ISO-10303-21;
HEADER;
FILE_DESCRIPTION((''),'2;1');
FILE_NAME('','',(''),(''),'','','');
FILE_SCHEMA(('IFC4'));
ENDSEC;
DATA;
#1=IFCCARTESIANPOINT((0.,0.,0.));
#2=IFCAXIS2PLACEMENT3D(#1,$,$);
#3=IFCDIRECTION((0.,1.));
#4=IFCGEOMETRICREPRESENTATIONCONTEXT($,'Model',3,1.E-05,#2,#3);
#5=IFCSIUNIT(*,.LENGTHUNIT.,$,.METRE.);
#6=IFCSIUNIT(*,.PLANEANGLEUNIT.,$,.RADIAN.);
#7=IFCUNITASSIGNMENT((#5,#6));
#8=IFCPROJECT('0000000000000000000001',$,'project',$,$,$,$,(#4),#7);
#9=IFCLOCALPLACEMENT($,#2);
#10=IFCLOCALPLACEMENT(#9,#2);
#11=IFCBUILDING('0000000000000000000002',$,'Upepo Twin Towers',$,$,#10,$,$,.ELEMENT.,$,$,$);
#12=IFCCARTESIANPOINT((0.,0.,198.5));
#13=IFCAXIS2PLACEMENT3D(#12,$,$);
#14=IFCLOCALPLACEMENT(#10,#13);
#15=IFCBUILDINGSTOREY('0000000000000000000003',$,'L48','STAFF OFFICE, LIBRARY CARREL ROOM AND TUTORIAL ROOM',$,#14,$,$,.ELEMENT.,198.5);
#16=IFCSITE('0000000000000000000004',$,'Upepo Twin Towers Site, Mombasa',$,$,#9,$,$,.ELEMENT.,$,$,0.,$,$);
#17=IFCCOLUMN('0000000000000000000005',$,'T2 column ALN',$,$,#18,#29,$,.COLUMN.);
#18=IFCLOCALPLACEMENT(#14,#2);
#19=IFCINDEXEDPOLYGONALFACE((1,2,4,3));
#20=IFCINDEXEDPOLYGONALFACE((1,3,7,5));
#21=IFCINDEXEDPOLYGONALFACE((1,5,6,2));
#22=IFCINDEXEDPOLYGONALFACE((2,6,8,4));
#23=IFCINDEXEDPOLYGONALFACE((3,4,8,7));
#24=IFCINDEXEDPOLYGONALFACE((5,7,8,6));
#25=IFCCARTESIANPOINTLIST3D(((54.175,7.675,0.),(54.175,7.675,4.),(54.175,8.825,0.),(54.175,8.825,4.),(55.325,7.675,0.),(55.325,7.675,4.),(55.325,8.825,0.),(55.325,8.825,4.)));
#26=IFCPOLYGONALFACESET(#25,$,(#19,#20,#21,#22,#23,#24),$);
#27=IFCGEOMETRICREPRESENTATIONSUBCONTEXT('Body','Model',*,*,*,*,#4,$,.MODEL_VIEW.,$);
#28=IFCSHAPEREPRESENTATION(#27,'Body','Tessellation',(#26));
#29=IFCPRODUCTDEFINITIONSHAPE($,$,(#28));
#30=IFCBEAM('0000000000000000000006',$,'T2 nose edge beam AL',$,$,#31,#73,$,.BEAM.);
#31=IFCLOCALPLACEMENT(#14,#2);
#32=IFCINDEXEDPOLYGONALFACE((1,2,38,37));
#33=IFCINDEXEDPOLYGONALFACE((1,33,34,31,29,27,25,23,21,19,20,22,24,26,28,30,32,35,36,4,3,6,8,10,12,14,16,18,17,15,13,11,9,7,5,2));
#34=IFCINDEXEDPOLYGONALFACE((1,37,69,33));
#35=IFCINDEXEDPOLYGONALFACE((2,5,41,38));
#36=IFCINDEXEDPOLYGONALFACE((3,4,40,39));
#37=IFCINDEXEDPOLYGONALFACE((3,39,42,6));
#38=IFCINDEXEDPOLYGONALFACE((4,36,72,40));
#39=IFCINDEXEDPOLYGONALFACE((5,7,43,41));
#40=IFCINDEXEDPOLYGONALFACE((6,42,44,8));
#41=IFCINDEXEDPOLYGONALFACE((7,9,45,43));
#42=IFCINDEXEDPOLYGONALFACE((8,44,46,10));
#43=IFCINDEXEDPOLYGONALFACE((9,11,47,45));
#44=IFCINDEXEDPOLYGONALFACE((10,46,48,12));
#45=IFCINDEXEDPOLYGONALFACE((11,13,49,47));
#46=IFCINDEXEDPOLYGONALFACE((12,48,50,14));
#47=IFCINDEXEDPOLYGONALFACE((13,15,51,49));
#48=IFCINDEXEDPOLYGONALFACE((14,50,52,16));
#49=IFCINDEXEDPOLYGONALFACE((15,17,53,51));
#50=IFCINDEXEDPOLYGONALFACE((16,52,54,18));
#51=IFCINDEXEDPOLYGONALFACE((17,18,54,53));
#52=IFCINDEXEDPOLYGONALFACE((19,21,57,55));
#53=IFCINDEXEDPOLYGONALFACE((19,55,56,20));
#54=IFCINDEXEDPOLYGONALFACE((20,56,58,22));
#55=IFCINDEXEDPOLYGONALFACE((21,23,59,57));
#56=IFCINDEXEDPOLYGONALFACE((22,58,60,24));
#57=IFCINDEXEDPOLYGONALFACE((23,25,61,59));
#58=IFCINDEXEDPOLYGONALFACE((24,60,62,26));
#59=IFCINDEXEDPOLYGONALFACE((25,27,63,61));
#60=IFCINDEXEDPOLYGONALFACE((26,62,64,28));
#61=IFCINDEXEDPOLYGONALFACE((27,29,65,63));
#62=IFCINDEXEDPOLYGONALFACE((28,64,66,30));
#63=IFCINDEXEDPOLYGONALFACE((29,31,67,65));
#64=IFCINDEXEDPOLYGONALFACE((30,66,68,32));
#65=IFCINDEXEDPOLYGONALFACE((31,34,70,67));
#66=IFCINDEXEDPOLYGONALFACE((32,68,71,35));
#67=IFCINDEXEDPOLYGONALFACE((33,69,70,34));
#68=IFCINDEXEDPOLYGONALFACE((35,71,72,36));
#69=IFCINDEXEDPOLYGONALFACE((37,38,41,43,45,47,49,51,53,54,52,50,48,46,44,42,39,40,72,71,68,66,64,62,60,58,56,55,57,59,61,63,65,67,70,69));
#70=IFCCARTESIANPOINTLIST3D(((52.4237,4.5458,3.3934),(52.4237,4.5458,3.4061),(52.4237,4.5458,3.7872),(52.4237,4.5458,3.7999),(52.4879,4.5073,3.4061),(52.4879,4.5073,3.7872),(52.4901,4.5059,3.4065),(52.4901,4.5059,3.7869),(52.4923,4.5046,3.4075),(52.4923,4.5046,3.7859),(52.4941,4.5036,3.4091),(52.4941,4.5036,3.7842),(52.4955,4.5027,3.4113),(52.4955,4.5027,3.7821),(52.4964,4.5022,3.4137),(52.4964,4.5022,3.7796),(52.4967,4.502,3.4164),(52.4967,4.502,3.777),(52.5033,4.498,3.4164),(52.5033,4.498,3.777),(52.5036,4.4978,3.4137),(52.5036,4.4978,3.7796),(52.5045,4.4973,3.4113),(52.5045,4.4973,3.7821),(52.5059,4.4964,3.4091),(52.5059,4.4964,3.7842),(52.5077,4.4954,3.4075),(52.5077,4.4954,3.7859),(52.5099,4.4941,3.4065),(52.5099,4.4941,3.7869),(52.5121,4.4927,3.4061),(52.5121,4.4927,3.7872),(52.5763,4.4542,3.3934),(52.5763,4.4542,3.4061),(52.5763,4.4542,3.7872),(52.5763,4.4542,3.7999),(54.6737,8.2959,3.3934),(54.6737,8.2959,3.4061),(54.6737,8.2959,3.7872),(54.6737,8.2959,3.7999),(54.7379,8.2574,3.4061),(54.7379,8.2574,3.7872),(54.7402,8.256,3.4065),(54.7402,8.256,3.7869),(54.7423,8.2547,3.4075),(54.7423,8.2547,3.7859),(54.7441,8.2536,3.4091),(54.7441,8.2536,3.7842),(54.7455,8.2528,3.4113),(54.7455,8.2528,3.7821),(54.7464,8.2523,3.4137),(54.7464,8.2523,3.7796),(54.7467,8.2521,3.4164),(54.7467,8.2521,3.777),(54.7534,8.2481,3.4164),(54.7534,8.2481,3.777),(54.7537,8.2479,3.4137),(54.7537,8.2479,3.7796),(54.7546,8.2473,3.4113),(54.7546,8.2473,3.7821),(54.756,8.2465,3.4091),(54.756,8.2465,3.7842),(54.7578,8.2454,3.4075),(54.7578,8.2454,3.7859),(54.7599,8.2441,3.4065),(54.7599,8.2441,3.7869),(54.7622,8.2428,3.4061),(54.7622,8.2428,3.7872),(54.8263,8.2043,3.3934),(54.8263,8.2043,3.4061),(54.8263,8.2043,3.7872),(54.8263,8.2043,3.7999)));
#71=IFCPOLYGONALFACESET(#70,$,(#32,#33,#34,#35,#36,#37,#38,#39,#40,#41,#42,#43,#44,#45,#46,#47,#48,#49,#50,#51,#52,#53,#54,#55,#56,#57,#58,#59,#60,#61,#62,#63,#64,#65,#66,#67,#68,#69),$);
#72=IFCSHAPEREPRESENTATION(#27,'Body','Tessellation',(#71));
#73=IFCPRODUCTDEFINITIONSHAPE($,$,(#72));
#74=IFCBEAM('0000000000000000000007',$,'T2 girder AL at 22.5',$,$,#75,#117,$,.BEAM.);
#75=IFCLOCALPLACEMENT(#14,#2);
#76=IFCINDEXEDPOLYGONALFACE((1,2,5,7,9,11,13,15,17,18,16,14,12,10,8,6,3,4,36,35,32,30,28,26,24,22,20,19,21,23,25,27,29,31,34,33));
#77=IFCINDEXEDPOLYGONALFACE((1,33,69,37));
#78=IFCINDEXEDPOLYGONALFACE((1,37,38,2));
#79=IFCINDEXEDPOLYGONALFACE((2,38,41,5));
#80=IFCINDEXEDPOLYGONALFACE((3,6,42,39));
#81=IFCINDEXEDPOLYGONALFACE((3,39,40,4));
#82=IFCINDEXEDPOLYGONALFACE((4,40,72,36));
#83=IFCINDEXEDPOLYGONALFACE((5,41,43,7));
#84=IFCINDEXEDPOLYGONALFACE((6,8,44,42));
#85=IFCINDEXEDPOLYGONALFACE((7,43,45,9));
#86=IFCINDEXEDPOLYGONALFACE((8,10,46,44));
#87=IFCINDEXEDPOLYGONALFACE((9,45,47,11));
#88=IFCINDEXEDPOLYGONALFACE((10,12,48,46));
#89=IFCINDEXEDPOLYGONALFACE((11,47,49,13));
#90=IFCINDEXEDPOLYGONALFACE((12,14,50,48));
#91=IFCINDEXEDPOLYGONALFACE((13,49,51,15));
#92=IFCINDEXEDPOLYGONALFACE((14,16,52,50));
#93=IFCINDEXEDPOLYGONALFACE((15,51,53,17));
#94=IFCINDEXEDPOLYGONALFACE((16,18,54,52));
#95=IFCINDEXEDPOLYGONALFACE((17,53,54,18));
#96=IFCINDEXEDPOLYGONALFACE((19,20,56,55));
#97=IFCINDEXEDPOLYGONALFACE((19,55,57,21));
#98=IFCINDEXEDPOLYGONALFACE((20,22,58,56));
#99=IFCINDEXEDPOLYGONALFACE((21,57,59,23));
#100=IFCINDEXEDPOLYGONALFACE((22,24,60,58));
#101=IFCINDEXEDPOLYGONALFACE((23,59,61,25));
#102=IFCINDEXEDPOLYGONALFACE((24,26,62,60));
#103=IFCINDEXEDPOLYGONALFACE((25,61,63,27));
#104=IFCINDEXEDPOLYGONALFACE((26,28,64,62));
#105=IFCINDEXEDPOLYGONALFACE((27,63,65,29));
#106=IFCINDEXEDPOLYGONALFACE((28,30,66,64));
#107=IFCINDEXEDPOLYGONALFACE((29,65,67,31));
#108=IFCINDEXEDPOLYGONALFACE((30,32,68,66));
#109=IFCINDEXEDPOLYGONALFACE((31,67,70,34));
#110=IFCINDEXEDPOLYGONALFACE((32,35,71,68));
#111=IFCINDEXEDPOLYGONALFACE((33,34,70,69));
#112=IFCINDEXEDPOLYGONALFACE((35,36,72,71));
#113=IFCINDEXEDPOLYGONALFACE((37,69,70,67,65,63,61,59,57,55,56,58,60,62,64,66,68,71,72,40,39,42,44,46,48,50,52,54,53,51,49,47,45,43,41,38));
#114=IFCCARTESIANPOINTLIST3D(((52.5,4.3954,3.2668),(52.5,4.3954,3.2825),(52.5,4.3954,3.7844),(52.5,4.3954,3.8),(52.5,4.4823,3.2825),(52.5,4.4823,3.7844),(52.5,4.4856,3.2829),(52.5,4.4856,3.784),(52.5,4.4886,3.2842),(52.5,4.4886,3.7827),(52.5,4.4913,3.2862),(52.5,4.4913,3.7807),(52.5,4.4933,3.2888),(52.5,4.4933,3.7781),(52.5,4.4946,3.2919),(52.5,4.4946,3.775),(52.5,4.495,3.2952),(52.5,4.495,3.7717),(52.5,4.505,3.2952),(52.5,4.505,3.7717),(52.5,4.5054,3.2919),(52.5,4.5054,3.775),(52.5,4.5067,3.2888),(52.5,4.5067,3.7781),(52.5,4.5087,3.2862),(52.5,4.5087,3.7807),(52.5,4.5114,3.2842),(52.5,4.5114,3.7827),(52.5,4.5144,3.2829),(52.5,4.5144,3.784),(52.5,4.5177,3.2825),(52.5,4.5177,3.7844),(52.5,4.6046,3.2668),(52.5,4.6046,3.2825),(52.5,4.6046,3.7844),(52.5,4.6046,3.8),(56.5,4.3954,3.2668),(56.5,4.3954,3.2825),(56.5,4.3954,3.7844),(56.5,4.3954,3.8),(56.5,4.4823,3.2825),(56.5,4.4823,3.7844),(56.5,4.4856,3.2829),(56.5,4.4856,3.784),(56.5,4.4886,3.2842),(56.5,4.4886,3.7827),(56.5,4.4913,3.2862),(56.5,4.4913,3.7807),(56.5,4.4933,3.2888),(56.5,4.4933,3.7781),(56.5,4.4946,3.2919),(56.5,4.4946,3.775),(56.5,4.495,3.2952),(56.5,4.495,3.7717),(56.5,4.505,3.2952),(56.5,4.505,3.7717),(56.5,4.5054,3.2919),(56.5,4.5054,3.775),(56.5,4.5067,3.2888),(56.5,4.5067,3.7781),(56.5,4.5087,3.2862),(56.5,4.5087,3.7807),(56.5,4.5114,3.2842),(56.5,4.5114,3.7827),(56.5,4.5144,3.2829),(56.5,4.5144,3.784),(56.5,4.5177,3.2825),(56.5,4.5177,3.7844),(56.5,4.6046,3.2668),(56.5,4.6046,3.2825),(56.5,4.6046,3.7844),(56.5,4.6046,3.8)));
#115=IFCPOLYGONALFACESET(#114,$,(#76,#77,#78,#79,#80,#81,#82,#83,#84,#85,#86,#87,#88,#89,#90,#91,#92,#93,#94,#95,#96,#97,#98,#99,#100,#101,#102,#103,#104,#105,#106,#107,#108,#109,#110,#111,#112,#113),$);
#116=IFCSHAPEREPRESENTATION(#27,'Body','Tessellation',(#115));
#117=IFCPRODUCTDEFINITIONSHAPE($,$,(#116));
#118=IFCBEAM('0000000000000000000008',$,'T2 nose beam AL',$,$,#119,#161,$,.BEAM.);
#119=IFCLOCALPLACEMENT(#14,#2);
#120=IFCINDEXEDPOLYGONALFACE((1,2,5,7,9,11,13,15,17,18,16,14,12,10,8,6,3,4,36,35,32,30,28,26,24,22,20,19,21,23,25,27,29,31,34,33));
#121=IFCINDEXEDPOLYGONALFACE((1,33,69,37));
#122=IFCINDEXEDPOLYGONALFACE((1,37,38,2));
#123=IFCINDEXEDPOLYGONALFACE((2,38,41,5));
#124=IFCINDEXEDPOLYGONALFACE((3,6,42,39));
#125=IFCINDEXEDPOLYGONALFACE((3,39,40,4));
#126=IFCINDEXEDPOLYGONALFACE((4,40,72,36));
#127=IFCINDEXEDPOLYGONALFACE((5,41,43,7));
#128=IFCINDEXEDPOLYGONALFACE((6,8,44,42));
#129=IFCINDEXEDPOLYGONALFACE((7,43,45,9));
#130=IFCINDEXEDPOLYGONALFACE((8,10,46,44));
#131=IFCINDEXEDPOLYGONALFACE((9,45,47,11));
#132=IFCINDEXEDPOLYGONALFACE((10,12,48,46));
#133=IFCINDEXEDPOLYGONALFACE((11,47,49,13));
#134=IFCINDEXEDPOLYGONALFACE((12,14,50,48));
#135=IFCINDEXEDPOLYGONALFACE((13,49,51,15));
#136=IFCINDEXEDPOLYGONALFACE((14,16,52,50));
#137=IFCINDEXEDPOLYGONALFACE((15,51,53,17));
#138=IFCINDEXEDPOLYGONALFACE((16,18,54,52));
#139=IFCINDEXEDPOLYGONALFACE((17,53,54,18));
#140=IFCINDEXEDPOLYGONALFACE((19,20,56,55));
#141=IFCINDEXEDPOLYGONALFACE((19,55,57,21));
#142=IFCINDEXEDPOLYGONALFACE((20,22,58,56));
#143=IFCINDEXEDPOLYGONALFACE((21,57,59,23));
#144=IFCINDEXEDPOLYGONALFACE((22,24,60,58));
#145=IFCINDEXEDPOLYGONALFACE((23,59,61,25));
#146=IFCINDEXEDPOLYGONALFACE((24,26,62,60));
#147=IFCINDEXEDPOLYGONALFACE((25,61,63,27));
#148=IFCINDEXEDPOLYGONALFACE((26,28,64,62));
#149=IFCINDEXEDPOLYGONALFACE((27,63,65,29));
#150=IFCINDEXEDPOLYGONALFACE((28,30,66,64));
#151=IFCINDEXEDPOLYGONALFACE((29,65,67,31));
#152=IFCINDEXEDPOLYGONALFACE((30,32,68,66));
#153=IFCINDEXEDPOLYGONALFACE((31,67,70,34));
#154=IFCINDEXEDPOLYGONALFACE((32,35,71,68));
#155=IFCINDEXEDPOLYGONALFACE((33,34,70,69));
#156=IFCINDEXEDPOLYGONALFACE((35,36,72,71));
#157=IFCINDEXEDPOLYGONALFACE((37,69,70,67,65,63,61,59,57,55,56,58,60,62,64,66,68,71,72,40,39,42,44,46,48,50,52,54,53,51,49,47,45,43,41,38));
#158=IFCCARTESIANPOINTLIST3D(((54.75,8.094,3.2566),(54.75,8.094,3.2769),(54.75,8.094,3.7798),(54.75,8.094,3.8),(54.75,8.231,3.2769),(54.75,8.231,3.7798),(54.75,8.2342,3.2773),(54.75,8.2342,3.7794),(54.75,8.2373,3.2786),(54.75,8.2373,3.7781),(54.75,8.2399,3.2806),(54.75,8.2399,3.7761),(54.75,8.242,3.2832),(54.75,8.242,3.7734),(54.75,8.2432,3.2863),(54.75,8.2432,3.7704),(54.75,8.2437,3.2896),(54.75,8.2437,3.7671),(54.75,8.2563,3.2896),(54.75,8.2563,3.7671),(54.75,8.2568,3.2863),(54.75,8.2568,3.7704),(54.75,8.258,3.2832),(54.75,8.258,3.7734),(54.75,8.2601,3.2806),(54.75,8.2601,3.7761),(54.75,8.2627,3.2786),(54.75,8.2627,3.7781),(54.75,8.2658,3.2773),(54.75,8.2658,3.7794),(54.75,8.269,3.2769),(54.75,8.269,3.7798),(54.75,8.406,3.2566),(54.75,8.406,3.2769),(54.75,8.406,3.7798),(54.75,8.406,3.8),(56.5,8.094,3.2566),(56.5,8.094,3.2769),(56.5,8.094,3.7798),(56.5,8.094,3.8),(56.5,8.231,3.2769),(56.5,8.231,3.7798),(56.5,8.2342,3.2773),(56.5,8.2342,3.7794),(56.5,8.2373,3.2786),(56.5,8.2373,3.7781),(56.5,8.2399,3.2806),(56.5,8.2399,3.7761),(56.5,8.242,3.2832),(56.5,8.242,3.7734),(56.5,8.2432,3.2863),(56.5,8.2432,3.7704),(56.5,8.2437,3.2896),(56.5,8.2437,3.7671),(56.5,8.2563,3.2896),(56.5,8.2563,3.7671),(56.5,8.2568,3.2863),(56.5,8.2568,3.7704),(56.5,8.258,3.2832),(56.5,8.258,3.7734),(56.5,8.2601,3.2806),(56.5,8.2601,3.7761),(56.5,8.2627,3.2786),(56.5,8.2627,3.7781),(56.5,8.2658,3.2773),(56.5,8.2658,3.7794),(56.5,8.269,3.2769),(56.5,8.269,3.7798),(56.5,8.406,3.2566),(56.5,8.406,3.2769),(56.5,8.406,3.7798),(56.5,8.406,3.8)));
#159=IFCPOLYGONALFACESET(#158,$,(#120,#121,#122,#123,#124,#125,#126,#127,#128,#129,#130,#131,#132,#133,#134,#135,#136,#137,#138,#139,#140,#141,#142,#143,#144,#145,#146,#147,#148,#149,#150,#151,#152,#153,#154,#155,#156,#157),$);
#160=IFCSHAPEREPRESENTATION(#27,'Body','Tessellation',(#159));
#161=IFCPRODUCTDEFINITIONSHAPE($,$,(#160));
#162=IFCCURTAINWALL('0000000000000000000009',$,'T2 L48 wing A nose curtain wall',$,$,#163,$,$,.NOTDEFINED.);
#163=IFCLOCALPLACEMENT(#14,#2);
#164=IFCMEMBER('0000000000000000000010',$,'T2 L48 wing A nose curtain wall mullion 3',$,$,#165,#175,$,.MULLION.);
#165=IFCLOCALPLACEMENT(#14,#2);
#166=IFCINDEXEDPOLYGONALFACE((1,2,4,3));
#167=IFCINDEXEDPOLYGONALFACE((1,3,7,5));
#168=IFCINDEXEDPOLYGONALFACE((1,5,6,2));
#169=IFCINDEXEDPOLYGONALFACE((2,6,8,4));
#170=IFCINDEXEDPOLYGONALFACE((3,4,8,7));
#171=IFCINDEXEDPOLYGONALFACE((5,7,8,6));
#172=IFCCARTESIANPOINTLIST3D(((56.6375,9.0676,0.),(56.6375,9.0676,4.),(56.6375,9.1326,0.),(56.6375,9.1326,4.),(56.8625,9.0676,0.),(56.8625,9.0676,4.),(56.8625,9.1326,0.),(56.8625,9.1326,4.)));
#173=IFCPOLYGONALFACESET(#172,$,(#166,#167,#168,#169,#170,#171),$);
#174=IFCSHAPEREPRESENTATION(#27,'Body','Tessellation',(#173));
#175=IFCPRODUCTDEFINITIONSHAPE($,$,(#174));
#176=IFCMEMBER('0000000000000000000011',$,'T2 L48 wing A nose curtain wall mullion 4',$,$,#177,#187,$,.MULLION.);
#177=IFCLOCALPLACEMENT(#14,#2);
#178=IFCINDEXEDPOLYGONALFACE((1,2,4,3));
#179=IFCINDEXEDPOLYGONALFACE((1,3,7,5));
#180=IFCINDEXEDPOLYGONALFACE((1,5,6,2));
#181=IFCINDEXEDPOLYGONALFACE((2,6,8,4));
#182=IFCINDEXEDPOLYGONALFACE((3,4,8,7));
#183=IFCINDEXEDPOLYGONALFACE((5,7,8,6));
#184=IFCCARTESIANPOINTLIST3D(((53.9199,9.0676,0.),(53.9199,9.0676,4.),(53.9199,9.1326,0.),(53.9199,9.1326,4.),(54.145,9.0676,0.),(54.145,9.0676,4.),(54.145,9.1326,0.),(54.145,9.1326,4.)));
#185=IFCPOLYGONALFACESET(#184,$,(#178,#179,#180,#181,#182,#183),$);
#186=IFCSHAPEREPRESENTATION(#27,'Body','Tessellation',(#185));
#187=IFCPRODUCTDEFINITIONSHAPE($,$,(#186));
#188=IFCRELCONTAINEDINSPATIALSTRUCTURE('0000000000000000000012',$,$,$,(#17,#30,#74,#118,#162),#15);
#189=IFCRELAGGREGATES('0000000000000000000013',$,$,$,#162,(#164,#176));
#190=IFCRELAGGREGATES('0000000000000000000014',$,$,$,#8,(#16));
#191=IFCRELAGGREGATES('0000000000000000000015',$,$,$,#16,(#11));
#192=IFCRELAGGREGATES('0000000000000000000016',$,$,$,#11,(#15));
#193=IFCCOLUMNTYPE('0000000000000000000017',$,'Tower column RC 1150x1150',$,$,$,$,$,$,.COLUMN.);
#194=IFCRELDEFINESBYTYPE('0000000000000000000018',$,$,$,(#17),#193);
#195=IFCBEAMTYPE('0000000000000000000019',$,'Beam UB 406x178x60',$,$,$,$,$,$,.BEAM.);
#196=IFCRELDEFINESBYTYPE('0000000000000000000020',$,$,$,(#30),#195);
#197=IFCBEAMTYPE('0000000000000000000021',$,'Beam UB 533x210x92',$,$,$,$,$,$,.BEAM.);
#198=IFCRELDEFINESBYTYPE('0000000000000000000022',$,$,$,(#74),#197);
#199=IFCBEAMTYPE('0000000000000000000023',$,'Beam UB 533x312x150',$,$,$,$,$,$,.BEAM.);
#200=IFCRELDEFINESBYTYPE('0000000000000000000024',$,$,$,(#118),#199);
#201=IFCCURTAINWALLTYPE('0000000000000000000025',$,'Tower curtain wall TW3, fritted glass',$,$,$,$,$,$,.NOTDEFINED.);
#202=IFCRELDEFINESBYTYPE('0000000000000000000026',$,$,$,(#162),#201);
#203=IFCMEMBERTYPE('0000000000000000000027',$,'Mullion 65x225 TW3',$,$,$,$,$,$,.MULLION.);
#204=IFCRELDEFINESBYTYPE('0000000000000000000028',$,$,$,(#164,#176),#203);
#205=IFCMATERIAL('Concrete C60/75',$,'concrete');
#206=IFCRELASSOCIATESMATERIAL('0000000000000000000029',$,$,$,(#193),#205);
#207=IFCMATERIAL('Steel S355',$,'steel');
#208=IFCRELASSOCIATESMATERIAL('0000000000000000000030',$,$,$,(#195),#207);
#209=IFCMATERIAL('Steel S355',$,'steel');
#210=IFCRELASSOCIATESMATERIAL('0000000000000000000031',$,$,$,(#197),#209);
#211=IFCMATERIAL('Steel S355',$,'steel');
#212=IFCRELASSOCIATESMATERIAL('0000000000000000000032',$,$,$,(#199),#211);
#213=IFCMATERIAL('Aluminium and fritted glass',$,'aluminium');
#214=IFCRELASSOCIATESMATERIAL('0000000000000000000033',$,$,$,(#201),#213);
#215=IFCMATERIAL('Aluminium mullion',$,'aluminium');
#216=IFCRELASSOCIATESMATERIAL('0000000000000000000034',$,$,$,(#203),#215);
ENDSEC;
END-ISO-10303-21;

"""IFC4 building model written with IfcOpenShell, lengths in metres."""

from ifc_helpers import new_model, si_unit, direction, frame, origin, origin_2d, place, context, subcontext, project, spatial, rectangle, i_section, extrude, material, material_profile, profile_set, type_object, element, aggregate, save


model = new_model("IFC4")

# Units and contexts
model_context = context("Model", 3, precision=1e-05, world=origin(), true_north=direction((0.0, 1.0)))
body_context = subcontext(model_context, "Body", "Model", "MODEL_VIEW")
ifc_project = project(units=[si_unit("LENGTHUNIT", "METRE"), si_unit("PLANEANGLEUNIT", "RADIAN")], contexts=[model_context])

# Site, building, storey
site_placement = place(None, origin())
site = spatial("IfcSite", under=ifc_project, at=site_placement, Name="Upepo Twin Towers Site, Mombasa", CompositionType="ELEMENT", RefElevation=0.0)
building_placement = place(site_placement, origin())
building = spatial("IfcBuilding", under=site, at=building_placement, Name="Upepo Twin Towers", CompositionType="ELEMENT")
storey_placement = place(building_placement, frame((0.0, 0.0, 198.5)))
storey = spatial("IfcBuildingStorey", under=building, at=storey_placement, Name="L48", Description="STAFF OFFICE, LIBRARY CARREL ROOM AND TUTORIAL ROOM", CompositionType="ELEMENT", Elevation=198.5)

# Column
ifc_material_1 = material(Name="Concrete C60/75", Category="concrete")
ifc_material_profile_1 = material_profile(ifc_material_1, rectangle(XDim=1.1499, YDim=1.1499, at=origin_2d()), Name="RC 1150x1150")
ifc_profile_set_1 = profile_set([ifc_material_profile_1], Name="Concrete C60/75")
column_type = type_object("IfcColumnType", Name="Tower column RC 1150x1150", PredefinedType="COLUMN", material=ifc_profile_set_1)
column_placement = place(storey_placement, frame((54.75, 8.25, 0.0), z_axis=(0.0, 0.0, 1.0), x_axis=(1.0, 0.0, 0.0)))
element("IfcColumn", 1, at=column_placement, inside=storey, type_object=column_type, Name="T2 column ALN", PredefinedType="COLUMN", context=body_context, shape_type="SweptSolid", body=[
    extrude(rectangle(XDim=1.1499, YDim=1.1499, at=origin_2d()), origin(), (0.0, 0.0, 1.0), 4.0),
])

# Beams
ifc_material_2 = material(Name="Steel S355", Category="steel")
ifc_material_profile_2 = material_profile(ifc_material_2, i_section(OverallWidth=0.178, OverallDepth=0.4065, WebThickness=0.0078, FlangeThickness=0.0127, FilletRadius=0.0103, at=origin_2d()), Name="UB 406x178x60")
ifc_profile_set_2 = profile_set([ifc_material_profile_2], Name="Steel S355")
beam_type_1 = type_object("IfcBeamType", Name="Beam UB 406x178x60", PredefinedType="BEAM", material=ifc_profile_set_2)
beam_1_placement = place(storey_placement, frame((52.5, 4.5, 3.5967), z_axis=(0.514496, 0.857493, 0.0), x_axis=(-0.857493, 0.514496, 0.0)))
element("IfcBeam", 2, at=beam_1_placement, inside=storey, type_object=beam_type_1, Name="T2 nose edge beam AL", PredefinedType="BEAM", context=body_context, shape_type="SweptSolid", body=[
    extrude(i_section(OverallWidth=0.178, OverallDepth=0.4065, WebThickness=0.0078, FlangeThickness=0.0127, FilletRadius=0.0103, at=origin_2d()), origin(), (0.0, 0.0, 1.0), 4.3733),
])
ifc_material_3 = material(Name="Steel S355", Category="steel")
ifc_material_profile_3 = material_profile(ifc_material_3, i_section(OverallWidth=0.2092, OverallDepth=0.5332, WebThickness=0.01, FlangeThickness=0.0156, FilletRadius=0.0127, at=origin_2d()), Name="UB 533x210x92")
ifc_profile_set_3 = profile_set([ifc_material_profile_3], Name="Steel S355")
beam_type_2 = type_object("IfcBeamType", Name="Beam UB 533x210x92", PredefinedType="BEAM", material=ifc_profile_set_3)
beam_2_placement = place(storey_placement, frame((52.5, 4.5, 3.5334), z_axis=(1.0, 0.0, 0.0), x_axis=(0.0, 1.0, 0.0)))
element("IfcBeam", 3, at=beam_2_placement, inside=storey, type_object=beam_type_2, Name="T2 girder AL at 22.5", PredefinedType="BEAM", context=body_context, shape_type="SweptSolid", body=[
    extrude(i_section(OverallWidth=0.2092, OverallDepth=0.5332, WebThickness=0.01, FlangeThickness=0.0156, FilletRadius=0.0127, at=origin_2d()), origin(), (0.0, 0.0, 1.0), 4.0),
])
ifc_material_4 = material(Name="Steel S355", Category="steel")
ifc_material_profile_4 = material_profile(ifc_material_4, i_section(OverallWidth=0.312, OverallDepth=0.5435, WebThickness=0.0127, FlangeThickness=0.0203, FilletRadius=0.0127, at=origin_2d()), Name="UB 533x312x150")
ifc_profile_set_4 = profile_set([ifc_material_profile_4], Name="Steel S355")
beam_type_3 = type_object("IfcBeamType", Name="Beam UB 533x312x150", PredefinedType="BEAM", material=ifc_profile_set_4)
beam_3_placement = place(storey_placement, frame((54.75, 8.25, 3.5283), z_axis=(1.0, 0.0, 0.0), x_axis=(0.0, 1.0, 0.0)))
element("IfcBeam", 4, at=beam_3_placement, inside=storey, type_object=beam_type_3, Name="T2 nose beam AL", PredefinedType="BEAM", context=body_context, shape_type="SweptSolid", body=[
    extrude(i_section(OverallWidth=0.312, OverallDepth=0.5435, WebThickness=0.0127, FlangeThickness=0.0203, FilletRadius=0.0127, at=origin_2d()), origin(), (0.0, 0.0, 1.0), 1.75),
])

# Curtain wall, members
ifc_material_5 = material(Name="Aluminium and fritted glass", Category="aluminium")
curtain_wall_type = type_object("IfcCurtainWallType", Name="Tower curtain wall TW3, fritted glass", PredefinedType="NOTDEFINED", material=ifc_material_5)
curtain_wall_placement = place(storey_placement, origin())
curtain_wall = element("IfcCurtainWall", 5, at=curtain_wall_placement, inside=storey, type_object=curtain_wall_type, Name="T2 L48 wing A nose curtain wall", PredefinedType="NOTDEFINED")
ifc_material_6 = material(Name="Aluminium mullion", Category="aluminium")
ifc_material_profile_5 = material_profile(ifc_material_6, rectangle(XDim=0.0649, YDim=0.2251, at=origin_2d()), Name="MULLION 65x225")
ifc_profile_set_5 = profile_set([ifc_material_profile_5], Name="Aluminium mullion")
member_type_1 = type_object("IfcMemberType", Name="Mullion 65x225 TW3", PredefinedType="MULLION", material=ifc_profile_set_5)
member_1_placement = place(storey_placement, frame((56.75, 9.1001, 0.0), z_axis=(0.0, 0.0, 1.0), x_axis=(0.0, -1.0, 0.0)))
member_1 = element("IfcMember", 6, at=member_1_placement, type_object=member_type_1, Name="T2 L48 wing A nose curtain wall mullion 3", PredefinedType="MULLION", context=body_context, shape_type="SweptSolid", body=[
    extrude(rectangle(XDim=0.0649, YDim=0.2251, at=origin_2d()), origin(), (0.0, 0.0, 1.0), 4.0),
])
member_2_placement = place(storey_placement, frame((54.0325, 9.1001, 0.0), z_axis=(0.0, 0.0, 1.0), x_axis=(0.0, -1.0, 0.0)))
member_2 = element("IfcMember", 7, at=member_2_placement, type_object=member_type_1, Name="T2 L48 wing A nose curtain wall mullion 4", PredefinedType="MULLION", context=body_context, shape_type="SweptSolid", body=[
    extrude(rectangle(XDim=0.0649, YDim=0.2251, at=origin_2d()), origin(), (0.0, 0.0, 1.0), 4.0),
])
aggregate(curtain_wall, [member_1, member_2])

save(model, "model.ifc")
